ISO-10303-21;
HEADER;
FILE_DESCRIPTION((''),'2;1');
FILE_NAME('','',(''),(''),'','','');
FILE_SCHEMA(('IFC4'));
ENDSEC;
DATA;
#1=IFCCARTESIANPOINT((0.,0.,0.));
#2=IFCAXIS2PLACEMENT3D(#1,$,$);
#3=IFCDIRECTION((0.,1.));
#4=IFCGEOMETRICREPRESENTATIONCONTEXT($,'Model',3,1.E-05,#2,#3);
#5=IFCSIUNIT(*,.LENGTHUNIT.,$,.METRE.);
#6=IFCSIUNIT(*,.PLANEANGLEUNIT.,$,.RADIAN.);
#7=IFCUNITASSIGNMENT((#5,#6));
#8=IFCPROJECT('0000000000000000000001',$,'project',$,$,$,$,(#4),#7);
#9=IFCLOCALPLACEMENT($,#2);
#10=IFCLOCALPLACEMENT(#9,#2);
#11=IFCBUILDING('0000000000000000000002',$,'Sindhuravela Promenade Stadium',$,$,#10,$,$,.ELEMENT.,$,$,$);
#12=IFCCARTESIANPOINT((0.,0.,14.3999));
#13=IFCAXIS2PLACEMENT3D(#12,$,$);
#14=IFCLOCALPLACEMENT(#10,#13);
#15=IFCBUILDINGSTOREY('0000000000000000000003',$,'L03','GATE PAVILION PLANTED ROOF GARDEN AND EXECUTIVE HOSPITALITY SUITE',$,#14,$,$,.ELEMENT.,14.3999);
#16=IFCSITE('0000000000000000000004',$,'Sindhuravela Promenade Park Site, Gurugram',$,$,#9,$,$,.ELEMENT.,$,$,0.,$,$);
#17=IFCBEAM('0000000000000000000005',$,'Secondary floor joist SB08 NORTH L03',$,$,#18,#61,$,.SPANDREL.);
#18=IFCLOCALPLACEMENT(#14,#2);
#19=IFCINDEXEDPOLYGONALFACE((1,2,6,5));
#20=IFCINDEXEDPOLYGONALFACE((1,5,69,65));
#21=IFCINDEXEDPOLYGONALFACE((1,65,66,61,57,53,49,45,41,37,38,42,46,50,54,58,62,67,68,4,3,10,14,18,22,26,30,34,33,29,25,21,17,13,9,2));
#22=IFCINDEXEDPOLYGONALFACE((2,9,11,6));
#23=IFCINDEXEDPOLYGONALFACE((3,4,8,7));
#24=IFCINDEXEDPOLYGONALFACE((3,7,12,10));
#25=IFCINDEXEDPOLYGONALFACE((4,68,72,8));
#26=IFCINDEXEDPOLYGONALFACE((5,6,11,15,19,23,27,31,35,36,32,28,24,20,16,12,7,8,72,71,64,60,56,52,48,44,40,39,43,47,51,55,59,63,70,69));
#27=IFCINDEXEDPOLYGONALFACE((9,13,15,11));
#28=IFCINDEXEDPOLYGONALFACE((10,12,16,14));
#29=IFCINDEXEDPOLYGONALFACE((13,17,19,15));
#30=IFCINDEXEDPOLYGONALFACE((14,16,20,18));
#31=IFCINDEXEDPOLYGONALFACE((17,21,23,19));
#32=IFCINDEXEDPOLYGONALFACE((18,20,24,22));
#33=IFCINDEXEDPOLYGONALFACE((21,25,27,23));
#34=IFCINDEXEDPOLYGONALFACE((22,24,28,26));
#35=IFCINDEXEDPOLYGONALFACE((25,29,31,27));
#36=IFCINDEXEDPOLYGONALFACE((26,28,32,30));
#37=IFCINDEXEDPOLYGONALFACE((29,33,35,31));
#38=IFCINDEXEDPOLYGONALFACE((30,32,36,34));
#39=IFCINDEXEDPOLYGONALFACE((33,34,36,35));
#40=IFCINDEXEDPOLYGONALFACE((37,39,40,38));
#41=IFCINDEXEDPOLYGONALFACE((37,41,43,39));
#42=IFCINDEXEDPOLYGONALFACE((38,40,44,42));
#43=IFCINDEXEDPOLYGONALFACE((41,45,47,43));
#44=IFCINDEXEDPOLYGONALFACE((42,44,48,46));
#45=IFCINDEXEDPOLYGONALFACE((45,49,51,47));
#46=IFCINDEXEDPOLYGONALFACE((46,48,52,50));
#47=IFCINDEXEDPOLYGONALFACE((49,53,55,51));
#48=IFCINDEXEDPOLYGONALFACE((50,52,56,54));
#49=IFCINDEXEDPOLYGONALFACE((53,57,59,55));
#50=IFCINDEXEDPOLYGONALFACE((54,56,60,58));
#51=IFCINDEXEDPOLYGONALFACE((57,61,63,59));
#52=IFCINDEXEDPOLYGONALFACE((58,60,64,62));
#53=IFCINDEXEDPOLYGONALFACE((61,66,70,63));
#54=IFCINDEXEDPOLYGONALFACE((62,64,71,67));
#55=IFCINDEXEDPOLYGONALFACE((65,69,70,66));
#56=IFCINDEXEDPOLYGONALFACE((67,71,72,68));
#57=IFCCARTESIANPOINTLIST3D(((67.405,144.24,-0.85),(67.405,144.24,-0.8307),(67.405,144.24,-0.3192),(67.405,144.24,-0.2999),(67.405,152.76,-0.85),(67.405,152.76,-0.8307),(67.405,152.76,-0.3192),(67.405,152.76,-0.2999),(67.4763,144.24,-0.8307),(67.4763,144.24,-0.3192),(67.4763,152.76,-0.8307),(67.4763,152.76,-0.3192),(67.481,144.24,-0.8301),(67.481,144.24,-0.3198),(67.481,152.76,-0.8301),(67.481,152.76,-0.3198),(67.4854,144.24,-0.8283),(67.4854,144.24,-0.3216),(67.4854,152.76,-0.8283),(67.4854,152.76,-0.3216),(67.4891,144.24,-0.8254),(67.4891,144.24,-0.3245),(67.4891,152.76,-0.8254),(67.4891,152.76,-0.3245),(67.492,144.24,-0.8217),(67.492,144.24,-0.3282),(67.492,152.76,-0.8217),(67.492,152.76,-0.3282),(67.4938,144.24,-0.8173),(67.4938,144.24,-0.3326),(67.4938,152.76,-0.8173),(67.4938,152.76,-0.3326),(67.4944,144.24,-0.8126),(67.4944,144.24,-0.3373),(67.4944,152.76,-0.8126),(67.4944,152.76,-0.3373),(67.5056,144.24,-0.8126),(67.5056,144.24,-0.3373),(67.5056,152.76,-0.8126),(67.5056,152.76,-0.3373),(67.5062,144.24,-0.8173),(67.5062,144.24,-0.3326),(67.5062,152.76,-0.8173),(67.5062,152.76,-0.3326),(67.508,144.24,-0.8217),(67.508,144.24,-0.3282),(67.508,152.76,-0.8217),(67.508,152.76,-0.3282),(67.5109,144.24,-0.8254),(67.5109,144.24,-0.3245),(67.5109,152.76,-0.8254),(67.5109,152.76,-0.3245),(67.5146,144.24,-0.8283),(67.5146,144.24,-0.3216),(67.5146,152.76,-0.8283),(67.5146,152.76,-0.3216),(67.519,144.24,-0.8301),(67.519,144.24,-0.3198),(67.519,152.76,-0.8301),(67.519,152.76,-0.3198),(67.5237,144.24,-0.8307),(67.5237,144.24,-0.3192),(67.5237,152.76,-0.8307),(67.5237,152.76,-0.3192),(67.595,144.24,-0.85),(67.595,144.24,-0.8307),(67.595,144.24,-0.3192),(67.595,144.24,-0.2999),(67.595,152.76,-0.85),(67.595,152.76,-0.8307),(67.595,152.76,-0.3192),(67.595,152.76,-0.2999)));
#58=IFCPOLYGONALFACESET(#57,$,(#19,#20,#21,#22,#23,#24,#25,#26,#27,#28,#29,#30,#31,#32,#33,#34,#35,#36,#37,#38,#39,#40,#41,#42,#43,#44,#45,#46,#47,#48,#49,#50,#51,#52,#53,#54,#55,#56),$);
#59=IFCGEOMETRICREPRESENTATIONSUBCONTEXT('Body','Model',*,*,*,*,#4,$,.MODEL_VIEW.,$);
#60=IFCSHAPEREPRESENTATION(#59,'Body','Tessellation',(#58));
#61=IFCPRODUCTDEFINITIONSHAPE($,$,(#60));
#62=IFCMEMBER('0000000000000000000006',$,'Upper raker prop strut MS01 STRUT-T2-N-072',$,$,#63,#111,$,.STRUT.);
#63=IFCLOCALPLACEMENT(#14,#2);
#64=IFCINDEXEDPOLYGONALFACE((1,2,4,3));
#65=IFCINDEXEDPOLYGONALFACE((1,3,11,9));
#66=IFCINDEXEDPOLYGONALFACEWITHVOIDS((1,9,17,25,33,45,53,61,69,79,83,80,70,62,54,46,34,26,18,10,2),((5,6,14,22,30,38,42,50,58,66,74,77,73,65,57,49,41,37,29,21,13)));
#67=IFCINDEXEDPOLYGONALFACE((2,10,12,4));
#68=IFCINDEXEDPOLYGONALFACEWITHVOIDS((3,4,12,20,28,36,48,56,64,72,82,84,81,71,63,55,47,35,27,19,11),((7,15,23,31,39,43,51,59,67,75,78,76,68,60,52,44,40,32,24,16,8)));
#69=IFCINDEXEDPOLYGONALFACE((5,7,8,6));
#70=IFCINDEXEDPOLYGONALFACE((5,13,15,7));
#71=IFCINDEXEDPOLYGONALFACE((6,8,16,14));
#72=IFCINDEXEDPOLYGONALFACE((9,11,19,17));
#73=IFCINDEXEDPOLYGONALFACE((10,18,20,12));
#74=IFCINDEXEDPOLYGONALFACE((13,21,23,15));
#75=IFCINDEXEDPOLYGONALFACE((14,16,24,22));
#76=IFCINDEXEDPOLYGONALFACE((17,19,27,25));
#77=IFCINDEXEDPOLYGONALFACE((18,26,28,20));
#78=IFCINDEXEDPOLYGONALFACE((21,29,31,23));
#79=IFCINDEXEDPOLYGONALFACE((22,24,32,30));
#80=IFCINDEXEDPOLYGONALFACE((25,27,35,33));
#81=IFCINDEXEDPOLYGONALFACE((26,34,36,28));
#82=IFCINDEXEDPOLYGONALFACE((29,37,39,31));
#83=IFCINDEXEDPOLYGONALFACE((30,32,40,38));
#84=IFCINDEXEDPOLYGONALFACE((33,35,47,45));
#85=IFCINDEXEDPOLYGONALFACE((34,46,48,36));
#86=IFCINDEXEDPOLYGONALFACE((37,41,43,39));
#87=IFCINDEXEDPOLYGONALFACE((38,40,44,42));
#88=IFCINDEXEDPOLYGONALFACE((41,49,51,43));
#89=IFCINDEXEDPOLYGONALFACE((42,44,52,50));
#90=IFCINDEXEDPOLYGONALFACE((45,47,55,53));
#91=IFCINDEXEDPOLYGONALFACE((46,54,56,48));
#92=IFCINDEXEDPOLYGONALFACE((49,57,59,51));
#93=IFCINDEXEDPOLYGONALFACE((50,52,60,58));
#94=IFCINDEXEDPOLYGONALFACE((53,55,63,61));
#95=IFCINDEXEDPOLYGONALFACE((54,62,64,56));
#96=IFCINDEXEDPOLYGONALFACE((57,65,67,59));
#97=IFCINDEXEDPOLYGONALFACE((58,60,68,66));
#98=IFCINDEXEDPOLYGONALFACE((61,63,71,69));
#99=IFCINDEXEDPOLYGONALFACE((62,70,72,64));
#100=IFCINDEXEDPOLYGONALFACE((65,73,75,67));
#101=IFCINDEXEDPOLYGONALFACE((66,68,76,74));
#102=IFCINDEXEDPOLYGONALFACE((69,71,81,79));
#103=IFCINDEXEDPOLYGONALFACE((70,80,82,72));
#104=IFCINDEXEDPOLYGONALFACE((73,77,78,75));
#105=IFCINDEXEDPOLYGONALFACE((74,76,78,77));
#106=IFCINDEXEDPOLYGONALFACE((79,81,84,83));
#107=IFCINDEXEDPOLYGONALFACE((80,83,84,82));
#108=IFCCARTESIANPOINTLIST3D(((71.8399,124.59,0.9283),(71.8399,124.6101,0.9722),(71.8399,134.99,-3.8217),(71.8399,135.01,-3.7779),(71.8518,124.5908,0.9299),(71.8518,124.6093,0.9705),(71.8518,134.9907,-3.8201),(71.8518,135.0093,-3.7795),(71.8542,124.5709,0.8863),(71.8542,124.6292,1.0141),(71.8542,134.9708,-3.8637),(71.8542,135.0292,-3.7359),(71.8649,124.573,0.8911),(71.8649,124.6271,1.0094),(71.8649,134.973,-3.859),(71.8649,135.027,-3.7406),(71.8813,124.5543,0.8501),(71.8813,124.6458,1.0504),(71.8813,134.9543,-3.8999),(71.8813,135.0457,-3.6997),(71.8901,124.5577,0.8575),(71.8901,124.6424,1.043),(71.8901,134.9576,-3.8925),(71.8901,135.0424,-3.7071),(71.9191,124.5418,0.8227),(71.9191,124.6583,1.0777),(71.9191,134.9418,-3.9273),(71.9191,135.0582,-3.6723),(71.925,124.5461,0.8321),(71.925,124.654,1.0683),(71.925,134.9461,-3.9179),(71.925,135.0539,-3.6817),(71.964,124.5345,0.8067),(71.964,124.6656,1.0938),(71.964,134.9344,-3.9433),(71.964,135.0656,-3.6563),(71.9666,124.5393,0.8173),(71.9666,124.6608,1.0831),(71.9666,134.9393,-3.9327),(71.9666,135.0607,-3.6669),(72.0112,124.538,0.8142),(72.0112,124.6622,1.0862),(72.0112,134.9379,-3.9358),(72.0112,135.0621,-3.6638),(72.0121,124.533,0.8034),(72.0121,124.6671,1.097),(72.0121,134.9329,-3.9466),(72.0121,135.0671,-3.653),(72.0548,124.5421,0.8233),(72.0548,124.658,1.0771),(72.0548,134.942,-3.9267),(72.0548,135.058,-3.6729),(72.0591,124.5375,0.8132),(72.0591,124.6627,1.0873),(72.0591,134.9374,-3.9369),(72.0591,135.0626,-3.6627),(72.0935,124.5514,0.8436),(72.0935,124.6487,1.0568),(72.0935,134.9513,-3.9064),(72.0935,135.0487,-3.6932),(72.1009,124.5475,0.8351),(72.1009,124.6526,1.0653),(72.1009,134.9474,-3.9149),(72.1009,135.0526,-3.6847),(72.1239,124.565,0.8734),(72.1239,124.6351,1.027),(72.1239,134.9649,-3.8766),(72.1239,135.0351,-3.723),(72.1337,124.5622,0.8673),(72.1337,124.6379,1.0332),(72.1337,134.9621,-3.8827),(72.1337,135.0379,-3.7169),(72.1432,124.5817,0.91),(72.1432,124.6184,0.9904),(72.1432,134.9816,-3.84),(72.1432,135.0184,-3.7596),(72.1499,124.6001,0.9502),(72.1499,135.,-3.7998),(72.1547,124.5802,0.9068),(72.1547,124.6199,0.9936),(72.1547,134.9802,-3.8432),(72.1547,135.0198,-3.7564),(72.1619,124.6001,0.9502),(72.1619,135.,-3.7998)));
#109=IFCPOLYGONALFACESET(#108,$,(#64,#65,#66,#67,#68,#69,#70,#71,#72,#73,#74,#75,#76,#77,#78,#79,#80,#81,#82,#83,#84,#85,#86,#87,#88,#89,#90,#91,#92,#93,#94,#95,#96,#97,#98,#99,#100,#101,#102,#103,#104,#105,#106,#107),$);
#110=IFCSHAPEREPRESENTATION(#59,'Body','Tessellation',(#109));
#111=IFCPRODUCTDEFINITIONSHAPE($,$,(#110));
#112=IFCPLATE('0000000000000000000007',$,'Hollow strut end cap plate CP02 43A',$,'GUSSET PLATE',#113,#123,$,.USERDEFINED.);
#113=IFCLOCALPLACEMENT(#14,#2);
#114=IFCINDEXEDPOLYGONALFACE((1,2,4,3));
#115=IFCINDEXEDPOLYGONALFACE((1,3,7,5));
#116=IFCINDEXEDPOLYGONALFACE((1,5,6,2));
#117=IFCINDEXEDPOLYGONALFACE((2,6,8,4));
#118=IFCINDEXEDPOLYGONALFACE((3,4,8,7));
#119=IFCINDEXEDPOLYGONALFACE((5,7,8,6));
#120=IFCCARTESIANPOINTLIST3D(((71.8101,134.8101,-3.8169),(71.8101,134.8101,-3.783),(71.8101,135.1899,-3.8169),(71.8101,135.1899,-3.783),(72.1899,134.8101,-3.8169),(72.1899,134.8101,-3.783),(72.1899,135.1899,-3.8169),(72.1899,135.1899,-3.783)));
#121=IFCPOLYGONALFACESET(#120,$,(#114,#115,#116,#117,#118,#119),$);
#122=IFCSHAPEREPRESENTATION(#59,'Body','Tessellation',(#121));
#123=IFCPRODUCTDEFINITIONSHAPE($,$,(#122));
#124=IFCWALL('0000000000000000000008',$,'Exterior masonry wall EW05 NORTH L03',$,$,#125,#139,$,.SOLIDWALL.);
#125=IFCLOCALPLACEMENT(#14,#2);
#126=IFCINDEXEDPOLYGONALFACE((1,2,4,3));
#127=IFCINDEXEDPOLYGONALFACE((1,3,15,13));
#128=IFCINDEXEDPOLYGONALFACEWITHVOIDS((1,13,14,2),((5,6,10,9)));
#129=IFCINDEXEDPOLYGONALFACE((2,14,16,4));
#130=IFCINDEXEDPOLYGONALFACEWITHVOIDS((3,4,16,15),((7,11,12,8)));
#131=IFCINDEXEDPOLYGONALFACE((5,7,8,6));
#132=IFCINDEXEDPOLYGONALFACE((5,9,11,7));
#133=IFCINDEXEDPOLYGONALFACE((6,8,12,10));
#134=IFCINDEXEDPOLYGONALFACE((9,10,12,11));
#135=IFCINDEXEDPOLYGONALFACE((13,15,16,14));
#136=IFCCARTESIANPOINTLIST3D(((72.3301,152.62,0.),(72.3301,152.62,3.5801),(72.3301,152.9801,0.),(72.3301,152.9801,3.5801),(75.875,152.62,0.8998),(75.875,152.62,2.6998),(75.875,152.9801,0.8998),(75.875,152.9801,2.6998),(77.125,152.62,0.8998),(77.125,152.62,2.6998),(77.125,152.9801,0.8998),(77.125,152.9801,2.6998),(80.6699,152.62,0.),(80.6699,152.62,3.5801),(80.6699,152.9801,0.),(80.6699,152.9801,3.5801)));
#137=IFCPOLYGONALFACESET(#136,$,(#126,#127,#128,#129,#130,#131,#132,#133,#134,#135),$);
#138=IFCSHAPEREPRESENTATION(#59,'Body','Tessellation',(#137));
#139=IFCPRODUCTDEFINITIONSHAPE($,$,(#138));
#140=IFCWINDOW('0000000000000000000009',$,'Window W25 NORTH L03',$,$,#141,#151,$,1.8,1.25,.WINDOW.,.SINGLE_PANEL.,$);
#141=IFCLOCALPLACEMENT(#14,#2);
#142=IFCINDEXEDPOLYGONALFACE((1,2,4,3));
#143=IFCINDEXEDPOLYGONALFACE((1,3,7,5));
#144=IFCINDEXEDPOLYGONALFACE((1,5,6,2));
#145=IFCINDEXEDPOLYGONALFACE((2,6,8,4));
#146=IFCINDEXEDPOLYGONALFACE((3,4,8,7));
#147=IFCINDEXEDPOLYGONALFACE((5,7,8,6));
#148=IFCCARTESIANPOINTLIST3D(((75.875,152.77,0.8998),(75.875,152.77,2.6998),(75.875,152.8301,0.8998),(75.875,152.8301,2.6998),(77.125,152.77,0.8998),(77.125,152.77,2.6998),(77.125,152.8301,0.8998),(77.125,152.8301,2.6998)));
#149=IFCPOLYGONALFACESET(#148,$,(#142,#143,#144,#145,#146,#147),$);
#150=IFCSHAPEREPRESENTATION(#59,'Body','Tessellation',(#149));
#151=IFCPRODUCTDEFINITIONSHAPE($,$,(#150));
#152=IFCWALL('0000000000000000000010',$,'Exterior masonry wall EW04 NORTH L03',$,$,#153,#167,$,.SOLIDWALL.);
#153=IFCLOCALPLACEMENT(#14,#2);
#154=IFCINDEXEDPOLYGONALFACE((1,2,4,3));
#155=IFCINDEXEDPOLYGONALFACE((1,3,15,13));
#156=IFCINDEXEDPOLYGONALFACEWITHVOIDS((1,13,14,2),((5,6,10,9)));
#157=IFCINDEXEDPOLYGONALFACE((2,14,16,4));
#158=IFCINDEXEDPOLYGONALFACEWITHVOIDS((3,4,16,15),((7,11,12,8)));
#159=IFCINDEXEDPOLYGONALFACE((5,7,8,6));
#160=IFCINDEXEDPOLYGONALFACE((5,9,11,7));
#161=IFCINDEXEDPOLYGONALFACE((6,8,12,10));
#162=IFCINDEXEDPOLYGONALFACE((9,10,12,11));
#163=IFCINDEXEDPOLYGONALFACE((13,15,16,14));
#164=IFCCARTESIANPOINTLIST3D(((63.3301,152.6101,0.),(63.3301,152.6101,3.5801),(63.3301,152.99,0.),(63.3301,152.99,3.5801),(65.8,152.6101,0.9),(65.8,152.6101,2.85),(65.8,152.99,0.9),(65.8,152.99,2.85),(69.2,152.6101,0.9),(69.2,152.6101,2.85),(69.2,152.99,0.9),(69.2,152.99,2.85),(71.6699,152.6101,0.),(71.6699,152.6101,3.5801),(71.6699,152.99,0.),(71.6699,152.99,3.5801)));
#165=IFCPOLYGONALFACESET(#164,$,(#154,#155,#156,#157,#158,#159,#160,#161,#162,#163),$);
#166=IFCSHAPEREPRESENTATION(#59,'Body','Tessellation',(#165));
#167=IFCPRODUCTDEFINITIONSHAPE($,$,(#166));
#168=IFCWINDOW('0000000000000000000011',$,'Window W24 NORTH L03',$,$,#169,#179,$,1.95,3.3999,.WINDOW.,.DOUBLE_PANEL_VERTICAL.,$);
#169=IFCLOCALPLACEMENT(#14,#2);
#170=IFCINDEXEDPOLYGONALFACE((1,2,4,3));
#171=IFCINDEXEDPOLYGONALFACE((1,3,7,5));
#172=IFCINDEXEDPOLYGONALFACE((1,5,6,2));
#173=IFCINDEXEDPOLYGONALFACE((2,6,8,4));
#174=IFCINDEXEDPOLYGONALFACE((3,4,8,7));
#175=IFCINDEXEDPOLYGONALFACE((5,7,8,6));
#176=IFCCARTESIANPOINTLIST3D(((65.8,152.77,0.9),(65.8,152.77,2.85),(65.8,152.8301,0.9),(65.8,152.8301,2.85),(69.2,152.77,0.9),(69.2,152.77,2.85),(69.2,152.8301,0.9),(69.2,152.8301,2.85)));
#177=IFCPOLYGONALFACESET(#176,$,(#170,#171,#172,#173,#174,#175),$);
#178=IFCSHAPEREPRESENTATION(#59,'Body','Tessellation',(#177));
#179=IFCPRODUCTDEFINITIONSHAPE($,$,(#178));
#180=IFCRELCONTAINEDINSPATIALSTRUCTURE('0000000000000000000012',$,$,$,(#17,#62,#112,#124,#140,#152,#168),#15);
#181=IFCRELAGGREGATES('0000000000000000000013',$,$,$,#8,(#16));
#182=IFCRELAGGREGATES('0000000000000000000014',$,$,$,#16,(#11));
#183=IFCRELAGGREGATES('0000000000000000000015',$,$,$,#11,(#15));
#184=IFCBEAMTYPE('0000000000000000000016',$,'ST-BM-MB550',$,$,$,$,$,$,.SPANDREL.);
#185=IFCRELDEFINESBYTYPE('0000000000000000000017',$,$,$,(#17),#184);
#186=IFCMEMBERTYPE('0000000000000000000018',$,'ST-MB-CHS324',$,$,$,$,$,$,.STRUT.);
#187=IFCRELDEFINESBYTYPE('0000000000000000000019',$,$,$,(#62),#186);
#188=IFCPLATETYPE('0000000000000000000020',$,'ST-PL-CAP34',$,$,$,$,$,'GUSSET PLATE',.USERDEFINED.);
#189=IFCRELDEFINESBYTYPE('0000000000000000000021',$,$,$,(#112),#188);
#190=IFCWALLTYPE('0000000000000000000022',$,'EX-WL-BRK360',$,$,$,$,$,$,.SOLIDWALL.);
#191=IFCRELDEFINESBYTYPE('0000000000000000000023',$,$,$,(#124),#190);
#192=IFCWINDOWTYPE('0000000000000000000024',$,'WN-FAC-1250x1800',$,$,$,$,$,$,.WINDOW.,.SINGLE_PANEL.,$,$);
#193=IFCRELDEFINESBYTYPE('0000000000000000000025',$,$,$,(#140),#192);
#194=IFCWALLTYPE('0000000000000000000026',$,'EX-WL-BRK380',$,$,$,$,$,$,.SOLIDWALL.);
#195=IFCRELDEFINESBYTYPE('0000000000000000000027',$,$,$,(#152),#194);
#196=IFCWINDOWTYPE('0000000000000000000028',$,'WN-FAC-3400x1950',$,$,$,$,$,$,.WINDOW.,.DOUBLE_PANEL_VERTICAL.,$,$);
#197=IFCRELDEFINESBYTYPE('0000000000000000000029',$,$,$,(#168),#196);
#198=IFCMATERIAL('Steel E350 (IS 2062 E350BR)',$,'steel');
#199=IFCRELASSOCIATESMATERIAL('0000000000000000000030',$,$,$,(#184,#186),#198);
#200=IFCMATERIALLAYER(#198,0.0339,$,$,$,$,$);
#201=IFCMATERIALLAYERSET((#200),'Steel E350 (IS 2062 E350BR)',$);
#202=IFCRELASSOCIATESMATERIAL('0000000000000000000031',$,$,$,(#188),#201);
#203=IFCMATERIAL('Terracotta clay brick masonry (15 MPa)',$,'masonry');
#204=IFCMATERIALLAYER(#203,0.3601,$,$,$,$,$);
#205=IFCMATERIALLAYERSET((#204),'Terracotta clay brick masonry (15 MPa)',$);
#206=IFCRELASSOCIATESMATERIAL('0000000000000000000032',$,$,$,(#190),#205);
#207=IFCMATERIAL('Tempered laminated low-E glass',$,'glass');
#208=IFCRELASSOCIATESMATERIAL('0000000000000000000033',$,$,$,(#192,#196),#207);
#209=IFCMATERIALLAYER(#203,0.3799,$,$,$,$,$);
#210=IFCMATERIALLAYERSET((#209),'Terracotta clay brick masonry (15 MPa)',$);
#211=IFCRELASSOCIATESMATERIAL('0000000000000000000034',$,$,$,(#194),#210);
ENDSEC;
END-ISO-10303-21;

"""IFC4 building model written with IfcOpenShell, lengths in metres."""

from ifc_helpers import new_model, si_unit, direction, frame, frame_2d, origin, origin_2d, place, context, subcontext, project, spatial, rectangle, hollow_circle, i_section, extrude, material, layer, layer_set, material_profile, profile_set, type_object, element, fill, save


model = new_model("IFC4")

# Units and contexts
model_context = context("Model", 3, precision=1e-05, world=origin(), true_north=direction((0.0, 1.0)))
body_context = subcontext(model_context, "Body", "Model", "MODEL_VIEW")
ifc_project = project(units=[si_unit("LENGTHUNIT", "METRE"), si_unit("PLANEANGLEUNIT", "RADIAN")], contexts=[model_context])

# Site, building, storey
site_placement = place(None, origin())
site = spatial("IfcSite", under=ifc_project, at=site_placement, Name="Sindhuravela Promenade Park Site, Gurugram", CompositionType="ELEMENT", RefElevation=0.0)
building_placement = place(site_placement, origin())
building = spatial("IfcBuilding", under=site, at=building_placement, Name="Sindhuravela Promenade Stadium", CompositionType="ELEMENT")
storey_placement = place(building_placement, frame((0.0, 0.0, 14.3999)))
storey = spatial("IfcBuildingStorey", under=building, at=storey_placement, Name="L03", Description="GATE PAVILION PLANTED ROOF GARDEN AND EXECUTIVE HOSPITALITY SUITE", CompositionType="ELEMENT", Elevation=14.3999)

# Beam
ifc_material_1 = material(Name="Steel E350 (IS 2062 E350BR)", Category="steel")
ifc_material_profile_1 = material_profile(ifc_material_1, i_section(OverallWidth=0.1899, OverallDepth=0.55, WebThickness=0.0112, FlangeThickness=0.0193, FilletRadius=0.0181, at=origin_2d()), Name="ISMB 550")
ifc_profile_set_1 = profile_set([ifc_material_profile_1], Name="Steel E350 (IS 2062 E350BR)")
beam_type_1 = type_object("IfcBeamType", Name="ST-BM-MB550", PredefinedType="SPANDREL", material=ifc_profile_set_1)
beam_placement = place(storey_placement, frame((67.5, 144.24, -0.575), z_axis=(0.0, 1.0, 0.0), x_axis=(-1.0, 0.0, 0.0)))
element("IfcBeam", 1, at=beam_placement, inside=storey, type_object=beam_type_1, Name="Secondary floor joist SB08 NORTH L03", PredefinedType="SPANDREL", context=body_context, shape_type="SweptSolid", body=[
    extrude(i_section(OverallWidth=0.1899, OverallDepth=0.55, WebThickness=0.0112, FlangeThickness=0.0193, FilletRadius=0.0181, at=origin_2d()), origin(), (0.0, 0.0, 1.0), 8.52),
])

# Member
ifc_material_profile_2 = material_profile(ifc_material_1, hollow_circle(Radius=0.1619, WallThickness=0.012, at=origin_2d()), Name="CHS 323.9x12")
ifc_profile_set_2 = profile_set([ifc_material_profile_2], Name="Steel E350 (IS 2062 E350BR)")
member_type = type_object("IfcMemberType", Name="ST-MB-CHS324", PredefinedType="STRUT", material=ifc_profile_set_2)
member_placement = place(storey_placement, frame((72.0, 135.0, -3.7998), z_axis=(0.0, -0.909615, 0.415453), x_axis=(1.0, 0.0, 0.0)))
element("IfcMember", 2, at=member_placement, inside=storey, type_object=member_type, Name="Upper raker prop strut MS01 STRUT-T2-N-072", PredefinedType="STRUT", context=body_context, shape_type="SweptSolid", body=[
    extrude(hollow_circle(Radius=0.1619, WallThickness=0.012, at=origin_2d()), origin(), (0.0, 0.0, 1.0), 11.4333),
])

# Plate
ifc_layer_1 = layer(ifc_material_1, 0.0339)
ifc_layer_set_1 = layer_set([ifc_layer_1], Name="Steel E350 (IS 2062 E350BR)")
plate_type = type_object("IfcPlateType", Name="ST-PL-CAP34", ElementType="GUSSET PLATE", PredefinedType="USERDEFINED", material=ifc_layer_set_1)
plate_placement = place(storey_placement, frame((72.0, 135.0, -3.8169), z_axis=(0.0, 0.0, 1.0), x_axis=(1.0, 0.0, 0.0)))
element("IfcPlate", 3, at=plate_placement, inside=storey, type_object=plate_type, Name="Hollow strut end cap plate CP02 43A", ObjectType="GUSSET PLATE", PredefinedType="USERDEFINED", context=body_context, shape_type="SweptSolid", body=[
    extrude(rectangle(XDim=0.3799, YDim=0.3799, at=origin_2d()), origin(), (0.0, 0.0, 1.0), 0.0339),
])

# Walls, openings, windows
ifc_material_2 = material(Name="Terracotta clay brick masonry (15 MPa)", Category="masonry")
ifc_layer_2 = layer(ifc_material_2, 0.3601)
ifc_layer_set_2 = layer_set([ifc_layer_2], Name="Terracotta clay brick masonry (15 MPa)")
wall_type_1 = type_object("IfcWallType", Name="EX-WL-BRK360", PredefinedType="SOLIDWALL", material=ifc_layer_set_2)
wall_1_placement = place(storey_placement, frame((72.3301, 152.8, 0.0), z_axis=(0.0, 0.0, 1.0), x_axis=(1.0, 0.0, 0.0)))
wall_1 = element("IfcWall", 4, at=wall_1_placement, inside=storey, type_object=wall_type_1, Name="Exterior masonry wall EW05 NORTH L03", PredefinedType="SOLIDWALL", context=body_context, shape_type="SweptSolid", body=[
    extrude(rectangle(XDim=8.3398, YDim=0.3601, at=frame_2d((4.1699, 0.0))), origin(), (0.0, 0.0, 1.0), 3.5801),
])
opening_1_placement = place(wall_1_placement, frame((3.5449, 0.0, 0.8999)))
opening_1 = element("IfcOpeningElement", 5, at=opening_1_placement, cuts=wall_1, PredefinedType="OPENING", context=body_context, shape_type="SweptSolid", body=[
    extrude(rectangle(XDim=1.25, YDim=1.8, at=frame_2d((0.625, 0.8999))), frame((0.0, 0.1899, 0.0), z_axis=(0.0, -1.0, 0.0), x_axis=(1.0, 0.0, 0.0)), (0.0, 0.0, 1.0), 0.3801),
])
ifc_material_3 = material(Name="Tempered laminated low-E glass", Category="glass")
window_type_1 = type_object("IfcWindowType", Name="WN-FAC-1250x1800", PartitioningType="SINGLE_PANEL", PredefinedType="WINDOW", material=ifc_material_3)
window_1_placement = place(opening_1_placement, origin())
window_1 = element("IfcWindow", 6, at=window_1_placement, inside=storey, type_object=window_type_1, Name="Window W25 NORTH L03", OverallHeight=1.8, OverallWidth=1.25, PartitioningType="SINGLE_PANEL", PredefinedType="WINDOW", context=body_context, shape_type="SweptSolid", body=[
    extrude(rectangle(XDim=1.25, YDim=1.8, at=frame_2d((0.625, 0.8999))), frame((0.0, 0.03, 0.0), z_axis=(0.0, -1.0, 0.0), x_axis=(1.0, 0.0, 0.0)), (0.0, 0.0, 1.0), 0.0601),
])
fill(opening_1, window_1)
ifc_layer_3 = layer(ifc_material_2, 0.3799)
ifc_layer_set_3 = layer_set([ifc_layer_3], Name="Terracotta clay brick masonry (15 MPa)")
wall_type_2 = type_object("IfcWallType", Name="EX-WL-BRK380", PredefinedType="SOLIDWALL", material=ifc_layer_set_3)
wall_2_placement = place(storey_placement, frame((63.3301, 152.8, 0.0), z_axis=(0.0, 0.0, 1.0), x_axis=(1.0, 0.0, 0.0)))
wall_2 = element("IfcWall", 7, at=wall_2_placement, inside=storey, type_object=wall_type_2, Name="Exterior masonry wall EW04 NORTH L03", PredefinedType="SOLIDWALL", context=body_context, shape_type="SweptSolid", body=[
    extrude(rectangle(XDim=8.3398, YDim=0.3799, at=frame_2d((4.1699, 0.0))), origin(), (0.0, 0.0, 1.0), 3.5801),
])
opening_2_placement = place(wall_2_placement, frame((2.47, 0.0, 0.8999)))
opening_2 = element("IfcOpeningElement", 8, at=opening_2_placement, cuts=wall_2, PredefinedType="OPENING", context=body_context, shape_type="SweptSolid", body=[
    extrude(rectangle(XDim=3.3999, YDim=1.95, at=frame_2d((1.7, 0.9751))), frame((0.0, 0.2, 0.0), z_axis=(0.0, -1.0, 0.0), x_axis=(1.0, 0.0, 0.0)), (0.0, 0.0, 1.0), 0.3999),
])
window_type_2 = type_object("IfcWindowType", Name="WN-FAC-3400x1950", PartitioningType="DOUBLE_PANEL_VERTICAL", PredefinedType="WINDOW", material=ifc_material_3)
window_2_placement = place(opening_2_placement, origin())
window_2 = element("IfcWindow", 9, at=window_2_placement, inside=storey, type_object=window_type_2, Name="Window W24 NORTH L03", OverallHeight=1.95, OverallWidth=3.3999, PartitioningType="DOUBLE_PANEL_VERTICAL", PredefinedType="WINDOW", context=body_context, shape_type="SweptSolid", body=[
    extrude(rectangle(XDim=3.3999, YDim=1.95, at=frame_2d((1.7, 0.9751))), frame((0.0, 0.03, 0.0), z_axis=(0.0, -1.0, 0.0), x_axis=(1.0, 0.0, 0.0)), (0.0, 0.0, 1.0), 0.0601),
])
fill(opening_2, window_2)

save(model, "model.ifc")
